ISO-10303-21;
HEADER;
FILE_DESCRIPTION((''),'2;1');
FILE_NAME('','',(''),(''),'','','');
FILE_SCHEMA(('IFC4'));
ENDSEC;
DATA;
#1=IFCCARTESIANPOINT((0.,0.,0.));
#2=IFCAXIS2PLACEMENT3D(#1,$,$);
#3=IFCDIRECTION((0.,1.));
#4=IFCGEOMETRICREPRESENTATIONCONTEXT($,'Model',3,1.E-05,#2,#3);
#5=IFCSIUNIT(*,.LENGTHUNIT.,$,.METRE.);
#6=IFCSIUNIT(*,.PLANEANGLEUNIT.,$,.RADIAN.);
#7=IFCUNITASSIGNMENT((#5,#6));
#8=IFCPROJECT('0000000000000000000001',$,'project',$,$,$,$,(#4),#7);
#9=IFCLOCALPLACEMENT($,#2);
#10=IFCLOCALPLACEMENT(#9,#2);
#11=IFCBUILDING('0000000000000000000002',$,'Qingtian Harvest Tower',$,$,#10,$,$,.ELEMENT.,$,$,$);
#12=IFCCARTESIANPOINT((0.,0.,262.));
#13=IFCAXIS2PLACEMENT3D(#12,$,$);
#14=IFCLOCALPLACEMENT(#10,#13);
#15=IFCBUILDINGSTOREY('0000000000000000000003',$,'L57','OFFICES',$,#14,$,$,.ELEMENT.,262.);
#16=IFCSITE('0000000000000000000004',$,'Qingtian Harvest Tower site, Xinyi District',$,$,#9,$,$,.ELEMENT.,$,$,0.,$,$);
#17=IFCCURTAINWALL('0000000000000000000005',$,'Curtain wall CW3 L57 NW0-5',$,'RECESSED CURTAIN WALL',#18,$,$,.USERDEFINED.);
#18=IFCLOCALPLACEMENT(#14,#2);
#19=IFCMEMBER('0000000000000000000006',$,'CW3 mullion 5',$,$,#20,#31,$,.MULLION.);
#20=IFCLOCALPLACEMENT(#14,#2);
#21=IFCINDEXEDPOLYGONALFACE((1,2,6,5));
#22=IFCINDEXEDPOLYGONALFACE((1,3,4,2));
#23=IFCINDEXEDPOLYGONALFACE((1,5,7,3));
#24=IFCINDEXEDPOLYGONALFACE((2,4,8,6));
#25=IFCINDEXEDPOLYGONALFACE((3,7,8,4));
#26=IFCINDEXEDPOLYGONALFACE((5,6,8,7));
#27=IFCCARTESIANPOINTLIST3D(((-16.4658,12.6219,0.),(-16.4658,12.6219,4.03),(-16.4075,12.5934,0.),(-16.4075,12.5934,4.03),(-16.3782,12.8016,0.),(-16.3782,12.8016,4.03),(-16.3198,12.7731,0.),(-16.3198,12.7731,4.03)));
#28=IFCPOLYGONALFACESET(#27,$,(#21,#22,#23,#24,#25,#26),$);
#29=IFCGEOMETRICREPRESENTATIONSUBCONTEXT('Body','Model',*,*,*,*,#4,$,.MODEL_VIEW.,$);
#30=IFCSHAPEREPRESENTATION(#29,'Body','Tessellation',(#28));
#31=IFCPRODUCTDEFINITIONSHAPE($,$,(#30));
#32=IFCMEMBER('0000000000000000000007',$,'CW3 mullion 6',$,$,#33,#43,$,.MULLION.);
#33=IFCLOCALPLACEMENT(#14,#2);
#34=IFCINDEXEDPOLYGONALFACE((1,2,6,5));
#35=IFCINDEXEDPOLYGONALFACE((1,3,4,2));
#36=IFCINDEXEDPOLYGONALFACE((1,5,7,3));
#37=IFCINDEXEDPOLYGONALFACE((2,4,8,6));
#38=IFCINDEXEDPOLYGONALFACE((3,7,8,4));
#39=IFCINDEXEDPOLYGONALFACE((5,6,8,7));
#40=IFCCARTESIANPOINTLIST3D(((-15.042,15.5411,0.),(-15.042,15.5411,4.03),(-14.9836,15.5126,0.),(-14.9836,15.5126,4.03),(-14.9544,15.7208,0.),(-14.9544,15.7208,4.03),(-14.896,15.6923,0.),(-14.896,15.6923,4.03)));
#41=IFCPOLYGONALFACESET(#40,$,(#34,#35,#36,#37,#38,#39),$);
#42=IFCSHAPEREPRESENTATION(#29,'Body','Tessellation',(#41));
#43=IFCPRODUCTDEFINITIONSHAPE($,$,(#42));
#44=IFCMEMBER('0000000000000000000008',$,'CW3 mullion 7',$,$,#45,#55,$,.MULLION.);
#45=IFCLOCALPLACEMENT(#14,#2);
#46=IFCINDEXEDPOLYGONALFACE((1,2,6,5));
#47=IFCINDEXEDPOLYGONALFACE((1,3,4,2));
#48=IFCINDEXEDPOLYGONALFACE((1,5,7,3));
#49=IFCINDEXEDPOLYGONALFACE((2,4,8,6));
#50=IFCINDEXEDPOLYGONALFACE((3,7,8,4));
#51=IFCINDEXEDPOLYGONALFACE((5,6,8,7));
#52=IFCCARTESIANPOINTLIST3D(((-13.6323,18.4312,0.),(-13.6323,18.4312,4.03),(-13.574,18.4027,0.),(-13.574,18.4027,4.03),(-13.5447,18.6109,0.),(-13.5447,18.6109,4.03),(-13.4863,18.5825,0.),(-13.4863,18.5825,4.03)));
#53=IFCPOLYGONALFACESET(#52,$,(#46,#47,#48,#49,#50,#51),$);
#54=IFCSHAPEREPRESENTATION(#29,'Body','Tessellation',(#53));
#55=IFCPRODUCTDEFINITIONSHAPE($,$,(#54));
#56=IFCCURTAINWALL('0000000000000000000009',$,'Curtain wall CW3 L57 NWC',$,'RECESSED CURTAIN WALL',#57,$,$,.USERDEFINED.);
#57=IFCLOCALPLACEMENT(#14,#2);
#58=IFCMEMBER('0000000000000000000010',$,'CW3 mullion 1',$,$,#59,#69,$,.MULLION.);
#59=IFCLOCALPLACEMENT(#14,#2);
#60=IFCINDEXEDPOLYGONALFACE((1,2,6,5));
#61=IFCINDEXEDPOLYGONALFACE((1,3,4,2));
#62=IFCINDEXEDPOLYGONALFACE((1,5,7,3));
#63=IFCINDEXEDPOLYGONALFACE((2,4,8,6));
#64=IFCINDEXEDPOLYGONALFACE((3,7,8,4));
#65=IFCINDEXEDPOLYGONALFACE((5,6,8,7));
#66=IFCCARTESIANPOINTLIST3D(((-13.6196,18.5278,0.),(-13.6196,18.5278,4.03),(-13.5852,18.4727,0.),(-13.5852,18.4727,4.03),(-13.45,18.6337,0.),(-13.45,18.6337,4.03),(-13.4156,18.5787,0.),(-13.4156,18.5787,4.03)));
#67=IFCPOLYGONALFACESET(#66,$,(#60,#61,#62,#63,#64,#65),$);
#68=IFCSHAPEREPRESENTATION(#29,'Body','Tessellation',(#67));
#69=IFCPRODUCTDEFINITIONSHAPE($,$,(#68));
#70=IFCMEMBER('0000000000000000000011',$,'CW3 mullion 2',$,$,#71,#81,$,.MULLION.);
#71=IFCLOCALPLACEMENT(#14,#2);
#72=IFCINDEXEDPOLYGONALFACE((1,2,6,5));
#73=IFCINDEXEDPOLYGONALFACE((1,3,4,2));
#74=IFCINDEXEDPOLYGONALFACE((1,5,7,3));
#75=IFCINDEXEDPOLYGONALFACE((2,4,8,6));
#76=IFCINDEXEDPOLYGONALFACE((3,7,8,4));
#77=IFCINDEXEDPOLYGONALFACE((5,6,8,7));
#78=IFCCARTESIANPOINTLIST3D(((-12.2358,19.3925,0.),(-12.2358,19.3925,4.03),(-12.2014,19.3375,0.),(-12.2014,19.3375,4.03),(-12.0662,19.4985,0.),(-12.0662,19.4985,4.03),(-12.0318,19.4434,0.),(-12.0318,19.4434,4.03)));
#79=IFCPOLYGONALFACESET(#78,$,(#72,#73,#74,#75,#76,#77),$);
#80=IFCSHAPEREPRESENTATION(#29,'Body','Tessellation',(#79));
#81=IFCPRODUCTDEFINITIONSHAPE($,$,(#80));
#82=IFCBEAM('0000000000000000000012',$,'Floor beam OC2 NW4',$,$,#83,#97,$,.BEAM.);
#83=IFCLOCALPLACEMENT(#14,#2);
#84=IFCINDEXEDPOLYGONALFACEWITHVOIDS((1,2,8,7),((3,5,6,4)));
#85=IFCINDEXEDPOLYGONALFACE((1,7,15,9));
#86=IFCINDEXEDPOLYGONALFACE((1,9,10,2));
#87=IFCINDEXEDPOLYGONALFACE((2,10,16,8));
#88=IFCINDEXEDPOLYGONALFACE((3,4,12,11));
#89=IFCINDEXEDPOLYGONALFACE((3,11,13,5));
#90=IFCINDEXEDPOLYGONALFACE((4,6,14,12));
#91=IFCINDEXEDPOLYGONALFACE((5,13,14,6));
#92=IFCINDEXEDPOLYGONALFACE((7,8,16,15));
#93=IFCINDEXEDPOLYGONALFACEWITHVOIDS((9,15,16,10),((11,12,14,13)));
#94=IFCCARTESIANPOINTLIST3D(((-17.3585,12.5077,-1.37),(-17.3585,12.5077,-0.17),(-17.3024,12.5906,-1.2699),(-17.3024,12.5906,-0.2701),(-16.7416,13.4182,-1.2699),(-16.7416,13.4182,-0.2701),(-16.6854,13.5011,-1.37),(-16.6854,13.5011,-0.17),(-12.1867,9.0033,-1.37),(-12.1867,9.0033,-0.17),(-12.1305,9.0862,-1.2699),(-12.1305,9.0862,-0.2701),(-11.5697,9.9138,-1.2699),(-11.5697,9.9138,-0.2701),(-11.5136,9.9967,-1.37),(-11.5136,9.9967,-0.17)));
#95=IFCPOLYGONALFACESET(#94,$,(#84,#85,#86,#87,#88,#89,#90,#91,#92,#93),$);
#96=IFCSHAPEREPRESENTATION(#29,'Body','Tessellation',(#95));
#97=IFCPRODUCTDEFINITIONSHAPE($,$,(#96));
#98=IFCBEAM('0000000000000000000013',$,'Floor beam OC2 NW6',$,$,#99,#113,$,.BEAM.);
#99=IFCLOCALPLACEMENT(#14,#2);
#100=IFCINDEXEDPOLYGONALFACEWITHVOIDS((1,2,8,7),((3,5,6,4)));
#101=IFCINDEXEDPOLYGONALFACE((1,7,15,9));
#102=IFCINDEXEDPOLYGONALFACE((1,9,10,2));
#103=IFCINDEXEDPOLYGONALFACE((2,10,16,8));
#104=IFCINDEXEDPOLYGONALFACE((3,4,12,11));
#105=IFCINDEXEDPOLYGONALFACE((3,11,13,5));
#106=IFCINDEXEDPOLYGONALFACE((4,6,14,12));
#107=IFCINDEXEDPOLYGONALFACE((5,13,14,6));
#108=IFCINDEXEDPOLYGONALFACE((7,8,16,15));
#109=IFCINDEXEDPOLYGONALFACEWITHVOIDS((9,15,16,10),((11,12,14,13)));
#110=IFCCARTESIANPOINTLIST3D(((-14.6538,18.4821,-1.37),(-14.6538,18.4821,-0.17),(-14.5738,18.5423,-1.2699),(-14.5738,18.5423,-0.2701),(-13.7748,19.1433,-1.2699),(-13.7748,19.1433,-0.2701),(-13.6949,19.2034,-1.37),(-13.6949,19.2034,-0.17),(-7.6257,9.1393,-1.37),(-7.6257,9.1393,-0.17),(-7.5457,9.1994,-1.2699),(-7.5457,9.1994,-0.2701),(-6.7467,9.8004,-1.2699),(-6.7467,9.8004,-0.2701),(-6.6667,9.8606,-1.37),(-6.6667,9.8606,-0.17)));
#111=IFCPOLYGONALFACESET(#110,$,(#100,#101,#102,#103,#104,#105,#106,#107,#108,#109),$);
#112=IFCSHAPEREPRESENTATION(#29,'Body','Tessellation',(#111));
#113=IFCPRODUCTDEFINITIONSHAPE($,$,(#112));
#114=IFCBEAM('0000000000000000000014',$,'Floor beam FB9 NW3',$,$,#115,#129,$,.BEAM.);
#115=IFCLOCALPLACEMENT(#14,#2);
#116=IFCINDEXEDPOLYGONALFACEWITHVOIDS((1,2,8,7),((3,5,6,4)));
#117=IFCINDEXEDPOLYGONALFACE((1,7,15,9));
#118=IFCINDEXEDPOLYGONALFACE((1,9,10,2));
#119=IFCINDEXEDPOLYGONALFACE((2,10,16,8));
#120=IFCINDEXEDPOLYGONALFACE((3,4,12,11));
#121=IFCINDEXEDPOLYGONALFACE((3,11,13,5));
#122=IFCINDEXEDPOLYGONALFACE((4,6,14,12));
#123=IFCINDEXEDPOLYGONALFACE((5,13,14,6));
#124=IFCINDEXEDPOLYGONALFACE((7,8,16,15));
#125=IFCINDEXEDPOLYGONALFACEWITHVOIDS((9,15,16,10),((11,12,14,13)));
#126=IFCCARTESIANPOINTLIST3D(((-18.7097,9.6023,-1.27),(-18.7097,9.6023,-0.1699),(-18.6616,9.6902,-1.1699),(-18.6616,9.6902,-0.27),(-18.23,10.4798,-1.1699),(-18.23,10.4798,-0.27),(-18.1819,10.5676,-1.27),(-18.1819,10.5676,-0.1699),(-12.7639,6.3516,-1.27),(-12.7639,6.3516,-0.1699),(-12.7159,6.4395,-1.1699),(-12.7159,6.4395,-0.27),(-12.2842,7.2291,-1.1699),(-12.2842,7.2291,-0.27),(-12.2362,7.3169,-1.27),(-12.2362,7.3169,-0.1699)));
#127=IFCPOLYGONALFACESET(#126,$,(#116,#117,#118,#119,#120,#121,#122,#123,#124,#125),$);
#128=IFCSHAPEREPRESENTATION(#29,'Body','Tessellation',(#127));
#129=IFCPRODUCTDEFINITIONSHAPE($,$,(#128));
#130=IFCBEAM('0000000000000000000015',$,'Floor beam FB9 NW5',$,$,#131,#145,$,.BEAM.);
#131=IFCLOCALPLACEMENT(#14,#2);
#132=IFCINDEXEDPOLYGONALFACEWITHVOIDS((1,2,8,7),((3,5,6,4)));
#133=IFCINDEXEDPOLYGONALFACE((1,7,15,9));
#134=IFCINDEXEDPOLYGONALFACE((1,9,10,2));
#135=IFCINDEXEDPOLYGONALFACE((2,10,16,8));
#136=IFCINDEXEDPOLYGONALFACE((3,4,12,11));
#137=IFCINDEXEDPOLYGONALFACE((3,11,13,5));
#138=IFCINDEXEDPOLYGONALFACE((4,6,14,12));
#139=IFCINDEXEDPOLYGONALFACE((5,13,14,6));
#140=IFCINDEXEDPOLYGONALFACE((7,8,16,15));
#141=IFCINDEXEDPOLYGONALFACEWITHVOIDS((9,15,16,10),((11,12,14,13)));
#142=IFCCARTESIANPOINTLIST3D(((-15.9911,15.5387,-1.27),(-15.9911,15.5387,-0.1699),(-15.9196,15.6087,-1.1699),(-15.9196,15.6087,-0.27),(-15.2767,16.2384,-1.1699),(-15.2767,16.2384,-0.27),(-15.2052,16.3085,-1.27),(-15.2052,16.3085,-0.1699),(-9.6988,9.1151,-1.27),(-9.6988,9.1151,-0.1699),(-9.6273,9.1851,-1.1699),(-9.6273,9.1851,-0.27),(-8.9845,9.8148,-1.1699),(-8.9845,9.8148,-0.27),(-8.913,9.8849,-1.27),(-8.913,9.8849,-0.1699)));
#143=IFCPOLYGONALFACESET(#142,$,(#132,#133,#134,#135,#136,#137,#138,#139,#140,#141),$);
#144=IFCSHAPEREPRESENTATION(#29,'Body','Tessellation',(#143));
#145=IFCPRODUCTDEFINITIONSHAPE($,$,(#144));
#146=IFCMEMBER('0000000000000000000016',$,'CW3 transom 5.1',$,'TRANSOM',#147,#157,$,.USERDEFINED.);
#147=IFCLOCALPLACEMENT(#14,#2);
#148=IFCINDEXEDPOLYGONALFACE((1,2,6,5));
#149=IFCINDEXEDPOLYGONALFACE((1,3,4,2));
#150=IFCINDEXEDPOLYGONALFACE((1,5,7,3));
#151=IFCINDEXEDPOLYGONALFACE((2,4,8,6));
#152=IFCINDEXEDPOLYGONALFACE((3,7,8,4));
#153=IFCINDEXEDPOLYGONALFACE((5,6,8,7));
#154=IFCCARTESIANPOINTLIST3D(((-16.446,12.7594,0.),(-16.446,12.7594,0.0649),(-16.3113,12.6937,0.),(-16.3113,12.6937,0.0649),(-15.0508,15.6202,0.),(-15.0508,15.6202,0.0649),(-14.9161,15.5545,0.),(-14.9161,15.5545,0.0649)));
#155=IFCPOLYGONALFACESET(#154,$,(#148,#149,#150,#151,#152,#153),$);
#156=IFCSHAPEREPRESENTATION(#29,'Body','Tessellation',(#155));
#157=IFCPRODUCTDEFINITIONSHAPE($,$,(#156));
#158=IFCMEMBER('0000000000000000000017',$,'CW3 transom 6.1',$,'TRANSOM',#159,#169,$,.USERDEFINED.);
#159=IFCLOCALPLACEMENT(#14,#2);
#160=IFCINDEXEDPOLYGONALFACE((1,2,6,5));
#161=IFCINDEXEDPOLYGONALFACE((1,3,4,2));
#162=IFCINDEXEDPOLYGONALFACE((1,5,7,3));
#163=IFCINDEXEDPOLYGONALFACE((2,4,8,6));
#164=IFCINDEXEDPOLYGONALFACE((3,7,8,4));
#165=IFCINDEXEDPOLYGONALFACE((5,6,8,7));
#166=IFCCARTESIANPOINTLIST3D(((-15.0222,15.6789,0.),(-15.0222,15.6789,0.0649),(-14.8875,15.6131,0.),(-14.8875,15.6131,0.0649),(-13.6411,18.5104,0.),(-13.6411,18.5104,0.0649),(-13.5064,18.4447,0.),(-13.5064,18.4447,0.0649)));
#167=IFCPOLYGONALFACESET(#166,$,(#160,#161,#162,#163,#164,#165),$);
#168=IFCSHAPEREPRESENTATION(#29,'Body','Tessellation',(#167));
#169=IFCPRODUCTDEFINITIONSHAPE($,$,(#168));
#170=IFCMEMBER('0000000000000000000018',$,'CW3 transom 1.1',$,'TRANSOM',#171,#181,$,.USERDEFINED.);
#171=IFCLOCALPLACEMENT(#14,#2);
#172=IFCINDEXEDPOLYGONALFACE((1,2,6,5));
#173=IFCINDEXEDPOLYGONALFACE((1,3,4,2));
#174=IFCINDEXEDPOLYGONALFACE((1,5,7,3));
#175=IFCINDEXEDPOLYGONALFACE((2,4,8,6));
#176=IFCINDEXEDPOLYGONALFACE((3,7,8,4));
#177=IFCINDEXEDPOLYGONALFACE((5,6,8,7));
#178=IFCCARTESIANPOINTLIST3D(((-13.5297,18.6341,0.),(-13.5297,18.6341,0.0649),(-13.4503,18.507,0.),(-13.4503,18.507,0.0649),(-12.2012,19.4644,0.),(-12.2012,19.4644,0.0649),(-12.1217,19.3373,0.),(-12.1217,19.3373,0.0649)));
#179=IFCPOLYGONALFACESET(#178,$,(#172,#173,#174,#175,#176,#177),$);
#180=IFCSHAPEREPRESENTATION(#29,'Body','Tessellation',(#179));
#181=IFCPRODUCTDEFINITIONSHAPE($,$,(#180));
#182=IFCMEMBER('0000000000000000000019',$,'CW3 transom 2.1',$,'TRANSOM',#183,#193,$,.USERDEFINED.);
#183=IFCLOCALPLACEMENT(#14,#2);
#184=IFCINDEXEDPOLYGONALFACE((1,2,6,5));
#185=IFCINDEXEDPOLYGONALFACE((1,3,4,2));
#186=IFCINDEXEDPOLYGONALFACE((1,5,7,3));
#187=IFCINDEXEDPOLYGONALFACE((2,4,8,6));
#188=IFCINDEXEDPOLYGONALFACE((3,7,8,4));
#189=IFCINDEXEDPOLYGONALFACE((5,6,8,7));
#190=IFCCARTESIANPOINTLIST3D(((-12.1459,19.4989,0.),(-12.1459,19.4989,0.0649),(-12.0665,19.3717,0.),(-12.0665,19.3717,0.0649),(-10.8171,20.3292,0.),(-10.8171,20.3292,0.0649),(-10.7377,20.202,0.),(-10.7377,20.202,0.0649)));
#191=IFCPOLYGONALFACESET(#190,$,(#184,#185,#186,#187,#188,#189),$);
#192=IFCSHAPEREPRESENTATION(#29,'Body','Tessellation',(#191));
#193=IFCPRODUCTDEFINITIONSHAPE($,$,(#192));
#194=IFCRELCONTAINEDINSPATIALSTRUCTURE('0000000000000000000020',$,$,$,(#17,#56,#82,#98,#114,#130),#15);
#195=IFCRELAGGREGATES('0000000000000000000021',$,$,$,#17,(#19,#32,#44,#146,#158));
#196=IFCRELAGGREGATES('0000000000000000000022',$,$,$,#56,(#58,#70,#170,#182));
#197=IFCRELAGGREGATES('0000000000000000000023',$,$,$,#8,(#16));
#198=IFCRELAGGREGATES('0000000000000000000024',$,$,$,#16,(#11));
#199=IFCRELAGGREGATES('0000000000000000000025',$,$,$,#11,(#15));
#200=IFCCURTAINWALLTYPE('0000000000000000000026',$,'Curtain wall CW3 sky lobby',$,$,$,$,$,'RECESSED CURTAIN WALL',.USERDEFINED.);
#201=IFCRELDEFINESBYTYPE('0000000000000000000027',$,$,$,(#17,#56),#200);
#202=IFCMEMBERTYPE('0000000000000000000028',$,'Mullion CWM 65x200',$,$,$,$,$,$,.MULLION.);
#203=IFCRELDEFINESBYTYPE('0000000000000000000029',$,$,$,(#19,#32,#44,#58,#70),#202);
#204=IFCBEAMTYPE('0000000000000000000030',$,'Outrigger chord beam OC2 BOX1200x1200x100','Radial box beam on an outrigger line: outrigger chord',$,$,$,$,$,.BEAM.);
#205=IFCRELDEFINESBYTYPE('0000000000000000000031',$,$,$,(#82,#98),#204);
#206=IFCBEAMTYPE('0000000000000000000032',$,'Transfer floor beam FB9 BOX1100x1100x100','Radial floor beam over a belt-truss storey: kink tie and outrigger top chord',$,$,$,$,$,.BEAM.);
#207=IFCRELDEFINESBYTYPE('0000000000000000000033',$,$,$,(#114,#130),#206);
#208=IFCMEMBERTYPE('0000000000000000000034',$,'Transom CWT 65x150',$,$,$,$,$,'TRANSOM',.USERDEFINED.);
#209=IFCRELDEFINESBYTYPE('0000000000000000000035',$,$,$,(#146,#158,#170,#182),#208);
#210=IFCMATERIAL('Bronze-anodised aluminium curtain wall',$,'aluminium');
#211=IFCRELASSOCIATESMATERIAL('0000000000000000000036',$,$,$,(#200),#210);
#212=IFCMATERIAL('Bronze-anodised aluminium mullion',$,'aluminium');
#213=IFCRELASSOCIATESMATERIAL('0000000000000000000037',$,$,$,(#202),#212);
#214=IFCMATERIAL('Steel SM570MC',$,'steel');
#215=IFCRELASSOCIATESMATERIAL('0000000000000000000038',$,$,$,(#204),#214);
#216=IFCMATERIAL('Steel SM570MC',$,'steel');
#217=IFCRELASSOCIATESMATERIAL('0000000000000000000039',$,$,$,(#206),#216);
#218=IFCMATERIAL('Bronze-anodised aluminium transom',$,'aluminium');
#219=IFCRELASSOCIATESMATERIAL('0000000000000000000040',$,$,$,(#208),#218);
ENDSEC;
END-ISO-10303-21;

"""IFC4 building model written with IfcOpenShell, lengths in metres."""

from ifc_helpers import new_model, si_unit, direction, frame, origin, origin_2d, place, context, subcontext, project, spatial, rectangle, hollow_rectangle, extrude, material, material_profile, profile_set, type_object, element, aggregate, save


model = new_model("IFC4")

# Units and contexts
model_context = context("Model", 3, precision=1e-05, world=origin(), true_north=direction((0.0, 1.0)))
body_context = subcontext(model_context, "Body", "Model", "MODEL_VIEW")
ifc_project = project(units=[si_unit("LENGTHUNIT", "METRE"), si_unit("PLANEANGLEUNIT", "RADIAN")], contexts=[model_context])

# Site, building, storey
site_placement = place(None, origin())
site = spatial("IfcSite", under=ifc_project, at=site_placement, Name="Qingtian Harvest Tower site, Xinyi District", CompositionType="ELEMENT", RefElevation=0.0)
building_placement = place(site_placement, origin())
building = spatial("IfcBuilding", under=site, at=building_placement, Name="Qingtian Harvest Tower", CompositionType="ELEMENT")
storey_placement = place(building_placement, frame((0.0, 0.0, 262.0)))
storey = spatial("IfcBuildingStorey", under=building, at=storey_placement, Name="L57", Description="OFFICES", CompositionType="ELEMENT", Elevation=262.0)

# Curtain walls, members
ifc_material_1 = material(Name="Bronze-anodised aluminium curtain wall", Category="aluminium")
curtain_wall_type = type_object("IfcCurtainWallType", Name="Curtain wall CW3 sky lobby", ElementType="RECESSED CURTAIN WALL", PredefinedType="USERDEFINED", material=ifc_material_1)
curtain_wall_1_placement = place(storey_placement, origin())
curtain_wall_1 = element("IfcCurtainWall", 1, at=curtain_wall_1_placement, inside=storey, type_object=curtain_wall_type, Name="Curtain wall CW3 L57 NW0-5", ObjectType="RECESSED CURTAIN WALL", PredefinedType="USERDEFINED")
ifc_material_2 = material(Name="Bronze-anodised aluminium mullion", Category="aluminium")
ifc_material_profile_1 = material_profile(ifc_material_2, rectangle(XDim=0.0649, YDim=0.2, at=origin_2d()), Name="AL 65x200")
ifc_profile_set_1 = profile_set([ifc_material_profile_1], Name="Bronze-anodised aluminium mullion")
member_type_1 = type_object("IfcMemberType", Name="Mullion CWM 65x200", PredefinedType="MULLION", material=ifc_profile_set_1)
member_1_placement = place(storey_placement, frame((-16.3928, 12.6975, 0.0), z_axis=(0.0, 0.0, 1.0), x_axis=(-0.898794, 0.438371, 0.0)))
member_1 = element("IfcMember", 2, at=member_1_placement, type_object=member_type_1, Name="CW3 mullion 5", PredefinedType="MULLION", context=body_context, shape_type="SweptSolid", body=[
    extrude(rectangle(XDim=0.0649, YDim=0.2, at=origin_2d()), origin(), (0.0, 0.0, 1.0), 4.03),
])
member_2_placement = place(storey_placement, frame((-14.969, 15.6167, 0.0), z_axis=(0.0, 0.0, 1.0), x_axis=(-0.898794, 0.438371, 0.0)))
member_2 = element("IfcMember", 3, at=member_2_placement, type_object=member_type_1, Name="CW3 mullion 6", PredefinedType="MULLION", context=body_context, shape_type="SweptSolid", body=[
    extrude(rectangle(XDim=0.0649, YDim=0.2, at=origin_2d()), origin(), (0.0, 0.0, 1.0), 4.03),
])
member_3_placement = place(storey_placement, frame((-13.5593, 18.5068, 0.0), z_axis=(0.0, 0.0, 1.0), x_axis=(-0.898794, 0.438371, 0.0)))
member_3 = element("IfcMember", 4, at=member_3_placement, type_object=member_type_1, Name="CW3 mullion 7", PredefinedType="MULLION", context=body_context, shape_type="SweptSolid", body=[
    extrude(rectangle(XDim=0.0649, YDim=0.2, at=origin_2d()), origin(), (0.0, 0.0, 1.0), 4.03),
])
curtain_wall_2_placement = place(storey_placement, origin())
curtain_wall_2 = element("IfcCurtainWall", 5, at=curtain_wall_2_placement, inside=storey, type_object=curtain_wall_type, Name="Curtain wall CW3 L57 NWC", ObjectType="RECESSED CURTAIN WALL", PredefinedType="USERDEFINED")
member_4_placement = place(storey_placement, frame((-13.5176, 18.5532, 0.0), z_axis=(0.0, 0.0, 1.0), x_axis=(-0.529919, 0.848048, 0.0)))
member_4 = element("IfcMember", 6, at=member_4_placement, type_object=member_type_1, Name="CW3 mullion 1", PredefinedType="MULLION", context=body_context, shape_type="SweptSolid", body=[
    extrude(rectangle(XDim=0.0649, YDim=0.2, at=origin_2d()), origin(), (0.0, 0.0, 1.0), 4.03),
])
member_5_placement = place(storey_placement, frame((-12.1338, 19.418, 0.0), z_axis=(0.0, 0.0, 1.0), x_axis=(-0.529919, 0.848048, 0.0)))
member_5 = element("IfcMember", 7, at=member_5_placement, type_object=member_type_1, Name="CW3 mullion 2", PredefinedType="MULLION", context=body_context, shape_type="SweptSolid", body=[
    extrude(rectangle(XDim=0.0649, YDim=0.2, at=origin_2d()), origin(), (0.0, 0.0, 1.0), 4.03),
])

# Beams
ifc_material_3 = material(Name="Steel SM570MC", Category="steel")
ifc_material_profile_2 = material_profile(ifc_material_3, hollow_rectangle(XDim=1.2, YDim=1.2, WallThickness=0.1001, at=origin_2d()), Name="BOX1200x1200x100")
ifc_profile_set_2 = profile_set([ifc_material_profile_2], Name="Steel SM570MC")
beam_type_1 = type_object("IfcBeamType", Name="Outrigger chord beam OC2 BOX1200x1200x100", Description="Radial box beam on an outrigger line: outrigger chord", PredefinedType="BEAM", material=ifc_profile_set_2)
beam_1_placement = place(storey_placement, frame((-17.022, 13.0044, -0.77), z_axis=(0.827854, -0.560943, 0.0), x_axis=(0.560943, 0.827854, 0.0)))
element("IfcBeam", 8, at=beam_1_placement, inside=storey, type_object=beam_type_1, Name="Floor beam OC2 NW4", PredefinedType="BEAM", context=body_context, shape_type="SweptSolid", body=[
    extrude(hollow_rectangle(XDim=1.2, YDim=1.2, WallThickness=0.1001, at=origin_2d()), origin(), (0.0, 0.0, 1.0), 6.2473),
])
beam_2_placement = place(storey_placement, frame((-14.1743, 18.8428, -0.77), z_axis=(0.601149, -0.799137, 0.0), x_axis=(0.799137, 0.601149, 0.0)))
element("IfcBeam", 9, at=beam_2_placement, inside=storey, type_object=beam_type_1, Name="Floor beam OC2 NW6", PredefinedType="BEAM", context=body_context, shape_type="SweptSolid", body=[
    extrude(hollow_rectangle(XDim=1.2, YDim=1.2, WallThickness=0.1001, at=origin_2d()), origin(), (0.0, 0.0, 1.0), 11.6912),
])
ifc_material_4 = material(Name="Steel SM570MC", Category="steel")
ifc_material_profile_3 = material_profile(ifc_material_4, hollow_rectangle(XDim=1.1001, YDim=1.1001, WallThickness=0.1001, at=origin_2d()), Name="BOX1100x1100x100")
ifc_profile_set_3 = profile_set([ifc_material_profile_3], Name="Steel SM570MC")
beam_type_2 = type_object("IfcBeamType", Name="Transfer floor beam FB9 BOX1100x1100x100", Description="Radial floor beam over a belt-truss storey: kink tie and outrigger top chord", PredefinedType="BEAM", material=ifc_profile_set_3)
beam_3_placement = place(storey_placement, frame((-18.4458, 10.085, -0.72), z_axis=(0.877426, -0.479713, 0.0), x_axis=(0.479713, 0.877426, 0.0)))
element("IfcBeam", 10, at=beam_3_placement, inside=storey, type_object=beam_type_2, Name="Floor beam FB9 NW3", PredefinedType="BEAM", context=body_context, shape_type="SweptSolid", body=[
    extrude(hollow_rectangle(XDim=1.1001, YDim=1.1001, WallThickness=0.1001, at=origin_2d()), origin(), (0.0, 0.0, 1.0), 6.7764),
])
beam_4_placement = place(storey_placement, frame((-15.5981, 15.9236, -0.72), z_axis=(0.699765, -0.714373, 0.0), x_axis=(0.714373, 0.699765, 0.0)))
element("IfcBeam", 11, at=beam_4_placement, inside=storey, type_object=beam_type_2, Name="Floor beam FB9 NW5", PredefinedType="BEAM", context=body_context, shape_type="SweptSolid", body=[
    extrude(hollow_rectangle(XDim=1.1001, YDim=1.1001, WallThickness=0.1001, at=origin_2d()), origin(), (0.0, 0.0, 1.0), 8.9919),
])

# Members
ifc_material_5 = material(Name="Bronze-anodised aluminium transom", Category="aluminium")
ifc_material_profile_4 = material_profile(ifc_material_5, rectangle(XDim=0.1499, YDim=0.0649, at=origin_2d()), Name="AL 65x150")
ifc_profile_set_4 = profile_set([ifc_material_profile_4], Name="Bronze-anodised aluminium transom")
member_type_2 = type_object("IfcMemberType", Name="Transom CWT 65x150", ElementType="TRANSOM", PredefinedType="USERDEFINED", material=ifc_profile_set_4)
member_6_placement = place(storey_placement, frame((-16.3787, 12.7266, 0.0325), z_axis=(0.438356, 0.898802, 0.0), x_axis=(-0.898802, 0.438356, 0.0)))
member_6 = element("IfcMember", 12, at=member_6_placement, type_object=member_type_2, Name="CW3 transom 5.1", ObjectType="TRANSOM", PredefinedType="USERDEFINED", context=body_context, shape_type="SweptSolid", body=[
    extrude(rectangle(XDim=0.1499, YDim=0.0649, at=origin_2d()), origin(), (0.0, 0.0, 1.0), 3.1829),
])
member_7_placement = place(storey_placement, frame((-14.9548, 15.646, 0.0325), z_axis=(0.438389, 0.898786, 0.0), x_axis=(-0.898786, 0.438389, 0.0)))
member_7 = element("IfcMember", 13, at=member_7_placement, type_object=member_type_2, Name="CW3 transom 6.1", ObjectType="TRANSOM", PredefinedType="USERDEFINED", context=body_context, shape_type="SweptSolid", body=[
    extrude(rectangle(XDim=0.1499, YDim=0.0649, at=origin_2d()), origin(), (0.0, 0.0, 1.0), 3.1504),
])
member_8_placement = place(storey_placement, frame((-13.49, 18.5706, 0.0325), z_axis=(0.848016, 0.529971, 0.0), x_axis=(-0.529971, 0.848016, 0.0)))
member_8 = element("IfcMember", 14, at=member_8_placement, type_object=member_type_2, Name="CW3 transom 1.1", ObjectType="TRANSOM", PredefinedType="USERDEFINED", context=body_context, shape_type="SweptSolid", body=[
    extrude(rectangle(XDim=0.1499, YDim=0.0649, at=origin_2d()), origin(), (0.0, 0.0, 1.0), 1.5667),
])
member_9_placement = place(storey_placement, frame((-12.1062, 19.4353, 0.0325), z_axis=(0.84806, 0.529901, 0.0), x_axis=(-0.529901, 0.84806, 0.0)))
member_9 = element("IfcMember", 15, at=member_9_placement, type_object=member_type_2, Name="CW3 transom 2.1", ObjectType="TRANSOM", PredefinedType="USERDEFINED", context=body_context, shape_type="SweptSolid", body=[
    extrude(rectangle(XDim=0.1499, YDim=0.0649, at=origin_2d()), origin(), (0.0, 0.0, 1.0), 1.5669),
])

aggregate(curtain_wall_1, [member_1, member_2, member_3, member_6, member_7])
aggregate(curtain_wall_2, [member_4, member_5, member_8, member_9])

save(model, "model.ifc")
